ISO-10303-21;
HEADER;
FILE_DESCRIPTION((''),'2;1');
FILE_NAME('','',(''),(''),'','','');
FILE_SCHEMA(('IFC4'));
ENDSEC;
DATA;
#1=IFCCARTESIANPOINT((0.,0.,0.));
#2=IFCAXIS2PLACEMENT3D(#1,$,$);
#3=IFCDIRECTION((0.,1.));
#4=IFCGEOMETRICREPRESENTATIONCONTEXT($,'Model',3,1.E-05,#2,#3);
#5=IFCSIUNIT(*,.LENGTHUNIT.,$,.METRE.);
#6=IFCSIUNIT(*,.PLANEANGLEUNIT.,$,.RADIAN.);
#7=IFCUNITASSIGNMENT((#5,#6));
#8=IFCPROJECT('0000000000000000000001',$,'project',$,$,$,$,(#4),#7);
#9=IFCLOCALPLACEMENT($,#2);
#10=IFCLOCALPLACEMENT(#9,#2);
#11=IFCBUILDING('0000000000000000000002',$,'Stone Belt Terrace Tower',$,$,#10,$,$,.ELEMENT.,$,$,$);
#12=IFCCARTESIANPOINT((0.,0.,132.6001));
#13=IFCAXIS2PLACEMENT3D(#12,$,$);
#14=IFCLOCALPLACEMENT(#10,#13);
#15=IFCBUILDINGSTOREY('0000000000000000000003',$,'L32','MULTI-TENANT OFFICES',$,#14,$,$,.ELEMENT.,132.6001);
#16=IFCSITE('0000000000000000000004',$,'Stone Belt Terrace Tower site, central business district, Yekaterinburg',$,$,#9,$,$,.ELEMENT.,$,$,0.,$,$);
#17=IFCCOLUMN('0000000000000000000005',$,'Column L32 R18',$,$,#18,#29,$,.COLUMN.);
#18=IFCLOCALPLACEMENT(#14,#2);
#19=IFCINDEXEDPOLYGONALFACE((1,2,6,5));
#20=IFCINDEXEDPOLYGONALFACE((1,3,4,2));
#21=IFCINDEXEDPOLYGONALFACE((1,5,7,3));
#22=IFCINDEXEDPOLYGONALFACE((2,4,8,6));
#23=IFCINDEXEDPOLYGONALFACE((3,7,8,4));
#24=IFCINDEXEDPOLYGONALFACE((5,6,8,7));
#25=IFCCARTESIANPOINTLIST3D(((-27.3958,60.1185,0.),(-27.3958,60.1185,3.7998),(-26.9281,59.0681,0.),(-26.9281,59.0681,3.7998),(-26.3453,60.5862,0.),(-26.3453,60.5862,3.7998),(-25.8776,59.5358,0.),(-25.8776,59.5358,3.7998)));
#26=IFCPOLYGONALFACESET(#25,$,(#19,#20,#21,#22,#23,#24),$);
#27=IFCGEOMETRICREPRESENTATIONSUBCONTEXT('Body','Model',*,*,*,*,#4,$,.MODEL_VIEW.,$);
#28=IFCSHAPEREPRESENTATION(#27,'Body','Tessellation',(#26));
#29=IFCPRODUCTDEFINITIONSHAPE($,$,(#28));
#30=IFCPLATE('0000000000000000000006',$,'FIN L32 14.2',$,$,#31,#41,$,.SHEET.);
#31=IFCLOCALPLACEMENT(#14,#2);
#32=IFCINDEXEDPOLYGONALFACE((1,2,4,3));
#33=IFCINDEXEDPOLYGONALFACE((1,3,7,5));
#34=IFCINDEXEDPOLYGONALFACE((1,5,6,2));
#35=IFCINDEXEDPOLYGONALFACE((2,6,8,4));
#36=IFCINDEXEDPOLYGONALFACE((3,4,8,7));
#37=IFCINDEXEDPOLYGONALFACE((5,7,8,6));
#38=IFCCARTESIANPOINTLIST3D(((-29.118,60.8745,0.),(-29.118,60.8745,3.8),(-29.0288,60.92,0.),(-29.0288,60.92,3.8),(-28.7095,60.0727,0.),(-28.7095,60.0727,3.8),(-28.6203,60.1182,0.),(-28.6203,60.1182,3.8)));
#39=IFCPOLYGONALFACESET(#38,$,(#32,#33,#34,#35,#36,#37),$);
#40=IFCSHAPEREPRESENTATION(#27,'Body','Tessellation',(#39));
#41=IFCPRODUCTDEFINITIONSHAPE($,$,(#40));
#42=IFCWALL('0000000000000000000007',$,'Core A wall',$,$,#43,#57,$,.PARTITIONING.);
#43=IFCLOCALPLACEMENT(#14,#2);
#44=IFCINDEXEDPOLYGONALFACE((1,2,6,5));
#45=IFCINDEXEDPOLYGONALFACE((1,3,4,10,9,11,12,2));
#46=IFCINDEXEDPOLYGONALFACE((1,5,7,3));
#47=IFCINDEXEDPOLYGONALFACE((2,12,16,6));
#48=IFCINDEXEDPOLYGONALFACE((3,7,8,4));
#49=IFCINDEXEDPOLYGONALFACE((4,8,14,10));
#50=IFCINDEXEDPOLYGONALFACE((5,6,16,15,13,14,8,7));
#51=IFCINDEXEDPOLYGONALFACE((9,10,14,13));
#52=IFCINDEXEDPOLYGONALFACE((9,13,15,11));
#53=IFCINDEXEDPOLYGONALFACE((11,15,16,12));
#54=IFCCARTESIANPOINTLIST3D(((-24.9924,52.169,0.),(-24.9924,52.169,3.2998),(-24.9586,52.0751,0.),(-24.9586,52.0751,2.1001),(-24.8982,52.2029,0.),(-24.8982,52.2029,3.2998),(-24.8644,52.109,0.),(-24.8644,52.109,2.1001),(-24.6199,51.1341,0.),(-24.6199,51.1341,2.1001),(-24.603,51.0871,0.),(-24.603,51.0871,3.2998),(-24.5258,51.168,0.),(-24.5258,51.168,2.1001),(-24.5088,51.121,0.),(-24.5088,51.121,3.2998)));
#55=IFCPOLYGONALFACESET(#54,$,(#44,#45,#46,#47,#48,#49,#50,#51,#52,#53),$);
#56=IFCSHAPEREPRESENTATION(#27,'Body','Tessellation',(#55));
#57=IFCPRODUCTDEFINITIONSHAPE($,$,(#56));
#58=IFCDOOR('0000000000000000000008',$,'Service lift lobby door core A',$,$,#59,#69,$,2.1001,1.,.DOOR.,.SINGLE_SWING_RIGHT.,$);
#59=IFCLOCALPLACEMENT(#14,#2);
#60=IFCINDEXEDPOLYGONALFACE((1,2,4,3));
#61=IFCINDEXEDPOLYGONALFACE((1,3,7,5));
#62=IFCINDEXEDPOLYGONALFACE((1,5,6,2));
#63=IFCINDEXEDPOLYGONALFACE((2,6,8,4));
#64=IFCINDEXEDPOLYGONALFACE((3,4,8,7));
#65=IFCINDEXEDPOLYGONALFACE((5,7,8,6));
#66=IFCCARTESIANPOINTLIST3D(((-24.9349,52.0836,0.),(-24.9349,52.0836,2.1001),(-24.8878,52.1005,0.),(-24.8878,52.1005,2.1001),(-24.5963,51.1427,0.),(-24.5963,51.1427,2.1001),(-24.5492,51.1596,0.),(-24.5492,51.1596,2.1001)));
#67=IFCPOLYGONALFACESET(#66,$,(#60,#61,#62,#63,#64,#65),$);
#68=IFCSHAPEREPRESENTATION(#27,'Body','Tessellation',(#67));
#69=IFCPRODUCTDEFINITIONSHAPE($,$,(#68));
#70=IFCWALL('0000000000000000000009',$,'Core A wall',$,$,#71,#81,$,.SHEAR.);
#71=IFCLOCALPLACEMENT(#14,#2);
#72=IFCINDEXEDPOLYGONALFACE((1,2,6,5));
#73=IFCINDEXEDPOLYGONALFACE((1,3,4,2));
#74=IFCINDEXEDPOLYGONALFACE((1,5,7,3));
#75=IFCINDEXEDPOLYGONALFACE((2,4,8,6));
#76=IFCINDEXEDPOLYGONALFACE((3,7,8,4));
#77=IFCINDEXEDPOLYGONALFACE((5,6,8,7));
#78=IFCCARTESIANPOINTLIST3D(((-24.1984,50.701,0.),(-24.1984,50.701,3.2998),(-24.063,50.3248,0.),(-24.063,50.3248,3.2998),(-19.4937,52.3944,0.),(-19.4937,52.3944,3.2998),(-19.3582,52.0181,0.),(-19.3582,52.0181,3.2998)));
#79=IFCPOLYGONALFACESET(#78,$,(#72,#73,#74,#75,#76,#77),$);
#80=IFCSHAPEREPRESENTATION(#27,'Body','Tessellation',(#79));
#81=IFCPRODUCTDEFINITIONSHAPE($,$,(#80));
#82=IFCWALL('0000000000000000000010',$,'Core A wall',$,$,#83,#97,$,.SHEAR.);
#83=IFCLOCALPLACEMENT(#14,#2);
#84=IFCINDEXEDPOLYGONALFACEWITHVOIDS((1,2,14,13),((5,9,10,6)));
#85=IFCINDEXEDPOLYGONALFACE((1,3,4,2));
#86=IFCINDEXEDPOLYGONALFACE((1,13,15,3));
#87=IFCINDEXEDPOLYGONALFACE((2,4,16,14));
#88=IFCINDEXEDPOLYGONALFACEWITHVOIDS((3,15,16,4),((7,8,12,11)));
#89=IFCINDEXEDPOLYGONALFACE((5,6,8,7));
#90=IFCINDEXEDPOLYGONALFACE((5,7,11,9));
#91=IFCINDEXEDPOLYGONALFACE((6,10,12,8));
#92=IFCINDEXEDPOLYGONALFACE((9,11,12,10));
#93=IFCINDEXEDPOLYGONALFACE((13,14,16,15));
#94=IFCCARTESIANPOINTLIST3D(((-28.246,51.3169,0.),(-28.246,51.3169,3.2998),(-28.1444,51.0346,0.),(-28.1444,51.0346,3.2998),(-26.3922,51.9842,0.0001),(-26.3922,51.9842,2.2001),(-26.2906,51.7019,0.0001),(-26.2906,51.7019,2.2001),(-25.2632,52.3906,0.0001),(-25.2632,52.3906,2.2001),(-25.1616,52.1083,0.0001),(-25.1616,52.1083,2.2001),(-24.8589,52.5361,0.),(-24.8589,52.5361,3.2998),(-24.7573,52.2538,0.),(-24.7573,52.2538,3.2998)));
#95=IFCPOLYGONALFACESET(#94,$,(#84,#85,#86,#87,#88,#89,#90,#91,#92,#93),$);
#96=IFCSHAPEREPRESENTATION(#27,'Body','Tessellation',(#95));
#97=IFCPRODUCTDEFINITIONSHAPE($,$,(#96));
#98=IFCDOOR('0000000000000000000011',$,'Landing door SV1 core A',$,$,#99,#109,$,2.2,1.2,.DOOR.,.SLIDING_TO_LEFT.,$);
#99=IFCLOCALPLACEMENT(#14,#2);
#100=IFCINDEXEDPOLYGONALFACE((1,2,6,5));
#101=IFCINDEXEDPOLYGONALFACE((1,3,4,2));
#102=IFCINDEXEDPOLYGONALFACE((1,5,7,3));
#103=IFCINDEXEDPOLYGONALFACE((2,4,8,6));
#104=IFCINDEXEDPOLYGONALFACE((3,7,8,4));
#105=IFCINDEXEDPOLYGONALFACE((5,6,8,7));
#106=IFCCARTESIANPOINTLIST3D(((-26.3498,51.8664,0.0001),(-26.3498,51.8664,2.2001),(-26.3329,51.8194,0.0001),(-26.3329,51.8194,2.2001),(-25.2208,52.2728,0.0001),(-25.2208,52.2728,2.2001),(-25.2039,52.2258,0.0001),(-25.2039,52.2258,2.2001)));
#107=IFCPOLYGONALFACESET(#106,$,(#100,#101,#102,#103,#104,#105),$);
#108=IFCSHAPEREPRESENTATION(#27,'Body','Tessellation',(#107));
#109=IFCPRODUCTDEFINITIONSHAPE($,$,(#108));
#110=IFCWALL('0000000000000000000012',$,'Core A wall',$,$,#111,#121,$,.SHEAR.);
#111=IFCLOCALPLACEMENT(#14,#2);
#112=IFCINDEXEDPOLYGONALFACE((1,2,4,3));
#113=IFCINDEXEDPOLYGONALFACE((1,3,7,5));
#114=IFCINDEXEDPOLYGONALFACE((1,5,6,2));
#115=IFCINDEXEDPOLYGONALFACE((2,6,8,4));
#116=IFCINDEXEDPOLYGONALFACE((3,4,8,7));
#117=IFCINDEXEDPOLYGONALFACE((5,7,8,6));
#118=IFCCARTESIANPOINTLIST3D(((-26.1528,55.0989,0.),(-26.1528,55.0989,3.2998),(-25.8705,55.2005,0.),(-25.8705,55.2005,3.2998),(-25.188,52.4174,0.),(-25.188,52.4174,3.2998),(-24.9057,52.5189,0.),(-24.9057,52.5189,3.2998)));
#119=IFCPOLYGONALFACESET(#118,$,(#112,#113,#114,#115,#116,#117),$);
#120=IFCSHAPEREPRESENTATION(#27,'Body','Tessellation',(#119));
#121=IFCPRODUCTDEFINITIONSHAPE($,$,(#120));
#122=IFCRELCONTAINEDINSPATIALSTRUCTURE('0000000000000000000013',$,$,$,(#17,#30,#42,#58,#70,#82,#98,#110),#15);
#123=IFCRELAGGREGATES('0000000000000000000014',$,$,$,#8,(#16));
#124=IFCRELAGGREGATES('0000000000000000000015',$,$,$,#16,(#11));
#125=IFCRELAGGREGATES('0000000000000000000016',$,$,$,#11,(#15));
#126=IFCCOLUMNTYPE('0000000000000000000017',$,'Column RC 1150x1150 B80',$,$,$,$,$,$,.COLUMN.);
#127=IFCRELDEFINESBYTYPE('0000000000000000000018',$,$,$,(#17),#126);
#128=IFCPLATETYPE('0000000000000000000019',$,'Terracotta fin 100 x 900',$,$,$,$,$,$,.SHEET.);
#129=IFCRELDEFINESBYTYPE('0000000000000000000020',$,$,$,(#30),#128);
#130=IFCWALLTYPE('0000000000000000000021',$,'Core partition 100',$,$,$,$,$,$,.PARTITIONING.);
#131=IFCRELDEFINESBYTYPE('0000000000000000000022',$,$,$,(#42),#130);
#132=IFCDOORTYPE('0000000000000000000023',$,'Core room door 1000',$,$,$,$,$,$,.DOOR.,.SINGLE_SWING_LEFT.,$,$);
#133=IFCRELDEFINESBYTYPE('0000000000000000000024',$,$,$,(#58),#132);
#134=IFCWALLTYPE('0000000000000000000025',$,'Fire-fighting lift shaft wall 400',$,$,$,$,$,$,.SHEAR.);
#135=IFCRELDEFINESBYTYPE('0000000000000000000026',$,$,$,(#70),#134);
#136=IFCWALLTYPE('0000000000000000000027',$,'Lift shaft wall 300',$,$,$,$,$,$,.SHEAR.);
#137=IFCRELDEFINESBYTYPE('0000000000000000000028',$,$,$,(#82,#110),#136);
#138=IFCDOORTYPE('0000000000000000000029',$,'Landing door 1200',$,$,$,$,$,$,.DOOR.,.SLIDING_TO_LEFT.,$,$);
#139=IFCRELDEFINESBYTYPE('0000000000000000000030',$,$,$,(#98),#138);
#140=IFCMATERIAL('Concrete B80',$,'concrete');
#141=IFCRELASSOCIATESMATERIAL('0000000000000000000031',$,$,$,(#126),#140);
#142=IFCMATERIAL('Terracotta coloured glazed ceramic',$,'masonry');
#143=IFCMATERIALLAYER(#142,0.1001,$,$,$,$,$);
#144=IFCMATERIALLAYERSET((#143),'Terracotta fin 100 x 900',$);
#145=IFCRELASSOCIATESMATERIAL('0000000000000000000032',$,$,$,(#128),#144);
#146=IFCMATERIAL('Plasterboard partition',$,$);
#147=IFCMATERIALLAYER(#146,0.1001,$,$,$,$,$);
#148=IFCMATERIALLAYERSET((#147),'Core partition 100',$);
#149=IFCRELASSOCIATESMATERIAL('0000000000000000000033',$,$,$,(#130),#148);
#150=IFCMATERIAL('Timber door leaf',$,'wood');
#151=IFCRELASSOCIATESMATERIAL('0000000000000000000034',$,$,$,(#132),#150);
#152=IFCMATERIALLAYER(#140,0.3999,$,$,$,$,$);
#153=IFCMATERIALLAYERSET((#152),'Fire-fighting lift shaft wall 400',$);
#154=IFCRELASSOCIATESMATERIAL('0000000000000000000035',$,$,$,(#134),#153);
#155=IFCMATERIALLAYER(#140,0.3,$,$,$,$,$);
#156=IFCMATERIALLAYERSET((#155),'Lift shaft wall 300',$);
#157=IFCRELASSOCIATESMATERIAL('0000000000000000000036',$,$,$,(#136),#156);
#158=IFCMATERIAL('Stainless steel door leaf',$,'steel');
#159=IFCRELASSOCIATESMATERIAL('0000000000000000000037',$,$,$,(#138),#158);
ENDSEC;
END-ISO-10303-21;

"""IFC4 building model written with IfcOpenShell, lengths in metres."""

from ifc_helpers import new_model, si_unit, direction, frame, frame_2d, origin, origin_2d, place, context, subcontext, project, spatial, rectangle, extrude, material, layer, layer_set, material_profile, profile_set, type_object, element, fill, save


model = new_model("IFC4")

# Units and contexts
model_context = context("Model", 3, precision=1e-05, world=origin(), true_north=direction((0.0, 1.0)))
body_context = subcontext(model_context, "Body", "Model", "MODEL_VIEW")
ifc_project = project(units=[si_unit("LENGTHUNIT", "METRE"), si_unit("PLANEANGLEUNIT", "RADIAN")], contexts=[model_context])

# Site, building, storey
site_placement = place(None, origin())
site = spatial("IfcSite", under=ifc_project, at=site_placement, Name="Stone Belt Terrace Tower site, central business district, Yekaterinburg", CompositionType="ELEMENT", RefElevation=0.0)
building_placement = place(site_placement, origin())
building = spatial("IfcBuilding", under=site, at=building_placement, Name="Stone Belt Terrace Tower", CompositionType="ELEMENT")
storey_placement = place(building_placement, frame((0.0, 0.0, 132.6001)))
storey = spatial("IfcBuildingStorey", under=building, at=storey_placement, Name="L32", Description="MULTI-TENANT OFFICES", CompositionType="ELEMENT", Elevation=132.6001)

# Column
ifc_material_1 = material(Name="Concrete B80", Category="concrete")
ifc_material_profile = material_profile(ifc_material_1, rectangle(XDim=1.1499, YDim=1.1499, at=origin_2d()), Name="RC 1150x1150")
ifc_profile_set = profile_set([ifc_material_profile], Name="Concrete B80")
column_type = type_object("IfcColumnType", Name="Column RC 1150x1150 B80", PredefinedType="COLUMN", material=ifc_profile_set)
column_placement = place(storey_placement, frame((-26.6367, 59.8271, 0.0), z_axis=(0.0, 0.0, 1.0), x_axis=(0.913545, 0.406737, 0.0)))
element("IfcColumn", 1, at=column_placement, inside=storey, type_object=column_type, Name="Column L32 R18", PredefinedType="COLUMN", context=body_context, shape_type="SweptSolid", body=[
    extrude(rectangle(XDim=1.1499, YDim=1.1499, at=origin_2d()), origin(), (0.0, 0.0, 1.0), 3.7998),
])

# Plate
ifc_material_2 = material(Name="Terracotta coloured glazed ceramic", Category="masonry")
ifc_layer_1 = layer(ifc_material_2, 0.1001)
ifc_layer_set_1 = layer_set([ifc_layer_1], Name="Terracotta fin 100 x 900")
plate_type = type_object("IfcPlateType", Name="Terracotta fin 100 x 900", PredefinedType="SHEET", material=ifc_layer_set_1)
plate_placement = place(storey_placement, frame((-28.8691, 60.4963, 0.0), z_axis=(0.0, 0.0, 1.0), x_axis=(-0.45399, 0.891007, 0.0)))
element("IfcPlate", 2, at=plate_placement, inside=storey, type_object=plate_type, Name="FIN L32 14.2", PredefinedType="SHEET", context=body_context, shape_type="SweptSolid", body=[
    extrude(rectangle(XDim=0.8999, YDim=0.1001, at=origin_2d()), origin(), (0.0, 0.0, 1.0), 3.8),
])

# Wall, opening, door
ifc_material_3 = material(Name="Plasterboard partition")
ifc_layer_2 = layer(ifc_material_3, 0.1001)
ifc_layer_set_2 = layer_set([ifc_layer_2], Name="Core partition 100")
wall_type_1 = type_object("IfcWallType", Name="Core partition 100", PredefinedType="PARTITIONING", material=ifc_layer_set_2)
wall_1_placement = place(storey_placement, frame((-24.5559, 51.104, 0.0), z_axis=(0.0, 0.0, 1.0), x_axis=(-0.338622, 0.940923, 0.0)))
wall_1 = element("IfcWall", 3, at=wall_1_placement, inside=storey, type_object=wall_type_1, Name="Core A wall", PredefinedType="PARTITIONING", context=body_context, shape_type="SweptSolid", body=[
    extrude(rectangle(XDim=1.1499, YDim=0.1001, at=frame_2d((0.575, 0.0))), origin(), (0.0, 0.0, 1.0), 3.2998),
])
opening_1_placement = place(wall_1_placement, frame((0.05, 0.0, 0.0)))
opening_1 = element("IfcOpeningElement", 4, at=opening_1_placement, cuts=wall_1, PredefinedType="OPENING", context=body_context, shape_type="SweptSolid", body=[
    extrude(rectangle(XDim=1.0, YDim=2.1001, at=frame_2d((0.5, 1.05))), frame((0.0, 0.0601, 0.0), z_axis=(0.0, -1.0, 0.0), x_axis=(1.0, 0.0, 0.0)), (0.0, 0.0, 1.0), 0.1201),
])
ifc_material_4 = material(Name="Timber door leaf", Category="wood")
door_type_1 = type_object("IfcDoorType", Name="Core room door 1000", OperationType="SINGLE_SWING_LEFT", PredefinedType="DOOR", material=ifc_material_4)
door_1_placement = place(opening_1_placement, origin())
door_1 = element("IfcDoor", 5, at=door_1_placement, inside=storey, type_object=door_type_1, Name="Service lift lobby door core A", OperationType="SINGLE_SWING_RIGHT", OverallHeight=2.1001, OverallWidth=1.0, PredefinedType="DOOR", context=body_context, shape_type="SweptSolid", body=[
    extrude(rectangle(XDim=1.0, YDim=2.1001, at=frame_2d((0.5, 1.05))), frame((0.0, 0.0249, 0.0), z_axis=(0.0, -1.0, 0.0), x_axis=(1.0, 0.0, 0.0)), (0.0, 0.0, 1.0), 0.05),
])
fill(opening_1, door_1)

# Wall
ifc_layer_3 = layer(ifc_material_1, 0.3999)
ifc_layer_set_3 = layer_set([ifc_layer_3], Name="Fire-fighting lift shaft wall 400")
wall_type_2 = type_object("IfcWallType", Name="Fire-fighting lift shaft wall 400", PredefinedType="SHEAR", material=ifc_layer_set_3)
wall_2_placement = place(storey_placement, frame((-24.1306, 50.5129, 0.0), z_axis=(0.0, 0.0, 1.0), x_axis=(0.940912, 0.338652, 0.0)))
element("IfcWall", 6, at=wall_2_placement, inside=storey, type_object=wall_type_2, Name="Core A wall", PredefinedType="SHEAR", context=body_context, shape_type="SweptSolid", body=[
    extrude(rectangle(XDim=5.0002, YDim=0.3999, at=frame_2d((2.5, 0.0))), origin(), (0.0, 0.0, 1.0), 3.2998),
])

# Wall, opening, door
ifc_layer_4 = layer(ifc_material_1, 0.3)
ifc_layer_set_4 = layer_set([ifc_layer_4], Name="Lift shaft wall 300")
wall_type_3 = type_object("IfcWallType", Name="Lift shaft wall 300", PredefinedType="SHEAR", material=ifc_layer_set_4)
wall_3_placement = place(storey_placement, frame((-28.1951, 51.1758, 0.0), z_axis=(0.0, 0.0, 1.0), x_axis=(0.940901, 0.338681, 0.0)))
wall_3 = element("IfcWall", 7, at=wall_3_placement, inside=storey, type_object=wall_type_3, Name="Core A wall", PredefinedType="SHEAR", context=body_context, shape_type="SweptSolid", body=[
    extrude(rectangle(XDim=3.5999, YDim=0.3, at=frame_2d((1.7998, 0.0))), origin(), (0.0, 0.0, 1.0), 3.2998),
])
opening_2_placement = place(wall_3_placement, frame((1.97, 0.0, 0.0)))
opening_2 = element("IfcOpeningElement", 8, at=opening_2_placement, cuts=wall_3, PredefinedType="OPENING", context=body_context, shape_type="SweptSolid", body=[
    extrude(rectangle(XDim=1.2, YDim=2.2, at=frame_2d((0.6001, 1.1001))), frame((0.0, 0.1599, 0.0), z_axis=(0.0, -1.0, 0.0), x_axis=(1.0, 0.0, 0.0)), (0.0, 0.0, 1.0), 0.3201),
])
ifc_material_5 = material(Name="Stainless steel door leaf", Category="steel")
door_type_2 = type_object("IfcDoorType", Name="Landing door 1200", OperationType="SLIDING_TO_LEFT", PredefinedType="DOOR", material=ifc_material_5)
door_2_placement = place(opening_2_placement, origin())
door_2 = element("IfcDoor", 9, at=door_2_placement, inside=storey, type_object=door_type_2, Name="Landing door SV1 core A", OperationType="SLIDING_TO_LEFT", OverallHeight=2.2, OverallWidth=1.2, PredefinedType="DOOR", context=body_context, shape_type="SweptSolid", body=[
    extrude(rectangle(XDim=1.2, YDim=2.2, at=frame_2d((0.6001, 1.1001))), frame((0.0, 0.0249, 0.0), z_axis=(0.0, -1.0, 0.0), x_axis=(1.0, 0.0, 0.0)), (0.0, 0.0, 1.0), 0.05),
])
fill(opening_2, door_2)

# Wall
wall_4_placement = place(storey_placement, frame((-25.0469, 52.4683, 0.0), z_axis=(0.0, 0.0, 1.0), x_axis=(-0.33855, 0.940949, 0.0)))
element("IfcWall", 10, at=wall_4_placement, inside=storey, type_object=wall_type_3, Name="Core A wall", PredefinedType="SHEAR", context=body_context, shape_type="SweptSolid", body=[
    extrude(rectangle(XDim=2.8499, YDim=0.3, at=frame_2d((1.4248, 0.0))), origin(), (0.0, 0.0, 1.0), 3.2998),
])

save(model, "model.ifc")
